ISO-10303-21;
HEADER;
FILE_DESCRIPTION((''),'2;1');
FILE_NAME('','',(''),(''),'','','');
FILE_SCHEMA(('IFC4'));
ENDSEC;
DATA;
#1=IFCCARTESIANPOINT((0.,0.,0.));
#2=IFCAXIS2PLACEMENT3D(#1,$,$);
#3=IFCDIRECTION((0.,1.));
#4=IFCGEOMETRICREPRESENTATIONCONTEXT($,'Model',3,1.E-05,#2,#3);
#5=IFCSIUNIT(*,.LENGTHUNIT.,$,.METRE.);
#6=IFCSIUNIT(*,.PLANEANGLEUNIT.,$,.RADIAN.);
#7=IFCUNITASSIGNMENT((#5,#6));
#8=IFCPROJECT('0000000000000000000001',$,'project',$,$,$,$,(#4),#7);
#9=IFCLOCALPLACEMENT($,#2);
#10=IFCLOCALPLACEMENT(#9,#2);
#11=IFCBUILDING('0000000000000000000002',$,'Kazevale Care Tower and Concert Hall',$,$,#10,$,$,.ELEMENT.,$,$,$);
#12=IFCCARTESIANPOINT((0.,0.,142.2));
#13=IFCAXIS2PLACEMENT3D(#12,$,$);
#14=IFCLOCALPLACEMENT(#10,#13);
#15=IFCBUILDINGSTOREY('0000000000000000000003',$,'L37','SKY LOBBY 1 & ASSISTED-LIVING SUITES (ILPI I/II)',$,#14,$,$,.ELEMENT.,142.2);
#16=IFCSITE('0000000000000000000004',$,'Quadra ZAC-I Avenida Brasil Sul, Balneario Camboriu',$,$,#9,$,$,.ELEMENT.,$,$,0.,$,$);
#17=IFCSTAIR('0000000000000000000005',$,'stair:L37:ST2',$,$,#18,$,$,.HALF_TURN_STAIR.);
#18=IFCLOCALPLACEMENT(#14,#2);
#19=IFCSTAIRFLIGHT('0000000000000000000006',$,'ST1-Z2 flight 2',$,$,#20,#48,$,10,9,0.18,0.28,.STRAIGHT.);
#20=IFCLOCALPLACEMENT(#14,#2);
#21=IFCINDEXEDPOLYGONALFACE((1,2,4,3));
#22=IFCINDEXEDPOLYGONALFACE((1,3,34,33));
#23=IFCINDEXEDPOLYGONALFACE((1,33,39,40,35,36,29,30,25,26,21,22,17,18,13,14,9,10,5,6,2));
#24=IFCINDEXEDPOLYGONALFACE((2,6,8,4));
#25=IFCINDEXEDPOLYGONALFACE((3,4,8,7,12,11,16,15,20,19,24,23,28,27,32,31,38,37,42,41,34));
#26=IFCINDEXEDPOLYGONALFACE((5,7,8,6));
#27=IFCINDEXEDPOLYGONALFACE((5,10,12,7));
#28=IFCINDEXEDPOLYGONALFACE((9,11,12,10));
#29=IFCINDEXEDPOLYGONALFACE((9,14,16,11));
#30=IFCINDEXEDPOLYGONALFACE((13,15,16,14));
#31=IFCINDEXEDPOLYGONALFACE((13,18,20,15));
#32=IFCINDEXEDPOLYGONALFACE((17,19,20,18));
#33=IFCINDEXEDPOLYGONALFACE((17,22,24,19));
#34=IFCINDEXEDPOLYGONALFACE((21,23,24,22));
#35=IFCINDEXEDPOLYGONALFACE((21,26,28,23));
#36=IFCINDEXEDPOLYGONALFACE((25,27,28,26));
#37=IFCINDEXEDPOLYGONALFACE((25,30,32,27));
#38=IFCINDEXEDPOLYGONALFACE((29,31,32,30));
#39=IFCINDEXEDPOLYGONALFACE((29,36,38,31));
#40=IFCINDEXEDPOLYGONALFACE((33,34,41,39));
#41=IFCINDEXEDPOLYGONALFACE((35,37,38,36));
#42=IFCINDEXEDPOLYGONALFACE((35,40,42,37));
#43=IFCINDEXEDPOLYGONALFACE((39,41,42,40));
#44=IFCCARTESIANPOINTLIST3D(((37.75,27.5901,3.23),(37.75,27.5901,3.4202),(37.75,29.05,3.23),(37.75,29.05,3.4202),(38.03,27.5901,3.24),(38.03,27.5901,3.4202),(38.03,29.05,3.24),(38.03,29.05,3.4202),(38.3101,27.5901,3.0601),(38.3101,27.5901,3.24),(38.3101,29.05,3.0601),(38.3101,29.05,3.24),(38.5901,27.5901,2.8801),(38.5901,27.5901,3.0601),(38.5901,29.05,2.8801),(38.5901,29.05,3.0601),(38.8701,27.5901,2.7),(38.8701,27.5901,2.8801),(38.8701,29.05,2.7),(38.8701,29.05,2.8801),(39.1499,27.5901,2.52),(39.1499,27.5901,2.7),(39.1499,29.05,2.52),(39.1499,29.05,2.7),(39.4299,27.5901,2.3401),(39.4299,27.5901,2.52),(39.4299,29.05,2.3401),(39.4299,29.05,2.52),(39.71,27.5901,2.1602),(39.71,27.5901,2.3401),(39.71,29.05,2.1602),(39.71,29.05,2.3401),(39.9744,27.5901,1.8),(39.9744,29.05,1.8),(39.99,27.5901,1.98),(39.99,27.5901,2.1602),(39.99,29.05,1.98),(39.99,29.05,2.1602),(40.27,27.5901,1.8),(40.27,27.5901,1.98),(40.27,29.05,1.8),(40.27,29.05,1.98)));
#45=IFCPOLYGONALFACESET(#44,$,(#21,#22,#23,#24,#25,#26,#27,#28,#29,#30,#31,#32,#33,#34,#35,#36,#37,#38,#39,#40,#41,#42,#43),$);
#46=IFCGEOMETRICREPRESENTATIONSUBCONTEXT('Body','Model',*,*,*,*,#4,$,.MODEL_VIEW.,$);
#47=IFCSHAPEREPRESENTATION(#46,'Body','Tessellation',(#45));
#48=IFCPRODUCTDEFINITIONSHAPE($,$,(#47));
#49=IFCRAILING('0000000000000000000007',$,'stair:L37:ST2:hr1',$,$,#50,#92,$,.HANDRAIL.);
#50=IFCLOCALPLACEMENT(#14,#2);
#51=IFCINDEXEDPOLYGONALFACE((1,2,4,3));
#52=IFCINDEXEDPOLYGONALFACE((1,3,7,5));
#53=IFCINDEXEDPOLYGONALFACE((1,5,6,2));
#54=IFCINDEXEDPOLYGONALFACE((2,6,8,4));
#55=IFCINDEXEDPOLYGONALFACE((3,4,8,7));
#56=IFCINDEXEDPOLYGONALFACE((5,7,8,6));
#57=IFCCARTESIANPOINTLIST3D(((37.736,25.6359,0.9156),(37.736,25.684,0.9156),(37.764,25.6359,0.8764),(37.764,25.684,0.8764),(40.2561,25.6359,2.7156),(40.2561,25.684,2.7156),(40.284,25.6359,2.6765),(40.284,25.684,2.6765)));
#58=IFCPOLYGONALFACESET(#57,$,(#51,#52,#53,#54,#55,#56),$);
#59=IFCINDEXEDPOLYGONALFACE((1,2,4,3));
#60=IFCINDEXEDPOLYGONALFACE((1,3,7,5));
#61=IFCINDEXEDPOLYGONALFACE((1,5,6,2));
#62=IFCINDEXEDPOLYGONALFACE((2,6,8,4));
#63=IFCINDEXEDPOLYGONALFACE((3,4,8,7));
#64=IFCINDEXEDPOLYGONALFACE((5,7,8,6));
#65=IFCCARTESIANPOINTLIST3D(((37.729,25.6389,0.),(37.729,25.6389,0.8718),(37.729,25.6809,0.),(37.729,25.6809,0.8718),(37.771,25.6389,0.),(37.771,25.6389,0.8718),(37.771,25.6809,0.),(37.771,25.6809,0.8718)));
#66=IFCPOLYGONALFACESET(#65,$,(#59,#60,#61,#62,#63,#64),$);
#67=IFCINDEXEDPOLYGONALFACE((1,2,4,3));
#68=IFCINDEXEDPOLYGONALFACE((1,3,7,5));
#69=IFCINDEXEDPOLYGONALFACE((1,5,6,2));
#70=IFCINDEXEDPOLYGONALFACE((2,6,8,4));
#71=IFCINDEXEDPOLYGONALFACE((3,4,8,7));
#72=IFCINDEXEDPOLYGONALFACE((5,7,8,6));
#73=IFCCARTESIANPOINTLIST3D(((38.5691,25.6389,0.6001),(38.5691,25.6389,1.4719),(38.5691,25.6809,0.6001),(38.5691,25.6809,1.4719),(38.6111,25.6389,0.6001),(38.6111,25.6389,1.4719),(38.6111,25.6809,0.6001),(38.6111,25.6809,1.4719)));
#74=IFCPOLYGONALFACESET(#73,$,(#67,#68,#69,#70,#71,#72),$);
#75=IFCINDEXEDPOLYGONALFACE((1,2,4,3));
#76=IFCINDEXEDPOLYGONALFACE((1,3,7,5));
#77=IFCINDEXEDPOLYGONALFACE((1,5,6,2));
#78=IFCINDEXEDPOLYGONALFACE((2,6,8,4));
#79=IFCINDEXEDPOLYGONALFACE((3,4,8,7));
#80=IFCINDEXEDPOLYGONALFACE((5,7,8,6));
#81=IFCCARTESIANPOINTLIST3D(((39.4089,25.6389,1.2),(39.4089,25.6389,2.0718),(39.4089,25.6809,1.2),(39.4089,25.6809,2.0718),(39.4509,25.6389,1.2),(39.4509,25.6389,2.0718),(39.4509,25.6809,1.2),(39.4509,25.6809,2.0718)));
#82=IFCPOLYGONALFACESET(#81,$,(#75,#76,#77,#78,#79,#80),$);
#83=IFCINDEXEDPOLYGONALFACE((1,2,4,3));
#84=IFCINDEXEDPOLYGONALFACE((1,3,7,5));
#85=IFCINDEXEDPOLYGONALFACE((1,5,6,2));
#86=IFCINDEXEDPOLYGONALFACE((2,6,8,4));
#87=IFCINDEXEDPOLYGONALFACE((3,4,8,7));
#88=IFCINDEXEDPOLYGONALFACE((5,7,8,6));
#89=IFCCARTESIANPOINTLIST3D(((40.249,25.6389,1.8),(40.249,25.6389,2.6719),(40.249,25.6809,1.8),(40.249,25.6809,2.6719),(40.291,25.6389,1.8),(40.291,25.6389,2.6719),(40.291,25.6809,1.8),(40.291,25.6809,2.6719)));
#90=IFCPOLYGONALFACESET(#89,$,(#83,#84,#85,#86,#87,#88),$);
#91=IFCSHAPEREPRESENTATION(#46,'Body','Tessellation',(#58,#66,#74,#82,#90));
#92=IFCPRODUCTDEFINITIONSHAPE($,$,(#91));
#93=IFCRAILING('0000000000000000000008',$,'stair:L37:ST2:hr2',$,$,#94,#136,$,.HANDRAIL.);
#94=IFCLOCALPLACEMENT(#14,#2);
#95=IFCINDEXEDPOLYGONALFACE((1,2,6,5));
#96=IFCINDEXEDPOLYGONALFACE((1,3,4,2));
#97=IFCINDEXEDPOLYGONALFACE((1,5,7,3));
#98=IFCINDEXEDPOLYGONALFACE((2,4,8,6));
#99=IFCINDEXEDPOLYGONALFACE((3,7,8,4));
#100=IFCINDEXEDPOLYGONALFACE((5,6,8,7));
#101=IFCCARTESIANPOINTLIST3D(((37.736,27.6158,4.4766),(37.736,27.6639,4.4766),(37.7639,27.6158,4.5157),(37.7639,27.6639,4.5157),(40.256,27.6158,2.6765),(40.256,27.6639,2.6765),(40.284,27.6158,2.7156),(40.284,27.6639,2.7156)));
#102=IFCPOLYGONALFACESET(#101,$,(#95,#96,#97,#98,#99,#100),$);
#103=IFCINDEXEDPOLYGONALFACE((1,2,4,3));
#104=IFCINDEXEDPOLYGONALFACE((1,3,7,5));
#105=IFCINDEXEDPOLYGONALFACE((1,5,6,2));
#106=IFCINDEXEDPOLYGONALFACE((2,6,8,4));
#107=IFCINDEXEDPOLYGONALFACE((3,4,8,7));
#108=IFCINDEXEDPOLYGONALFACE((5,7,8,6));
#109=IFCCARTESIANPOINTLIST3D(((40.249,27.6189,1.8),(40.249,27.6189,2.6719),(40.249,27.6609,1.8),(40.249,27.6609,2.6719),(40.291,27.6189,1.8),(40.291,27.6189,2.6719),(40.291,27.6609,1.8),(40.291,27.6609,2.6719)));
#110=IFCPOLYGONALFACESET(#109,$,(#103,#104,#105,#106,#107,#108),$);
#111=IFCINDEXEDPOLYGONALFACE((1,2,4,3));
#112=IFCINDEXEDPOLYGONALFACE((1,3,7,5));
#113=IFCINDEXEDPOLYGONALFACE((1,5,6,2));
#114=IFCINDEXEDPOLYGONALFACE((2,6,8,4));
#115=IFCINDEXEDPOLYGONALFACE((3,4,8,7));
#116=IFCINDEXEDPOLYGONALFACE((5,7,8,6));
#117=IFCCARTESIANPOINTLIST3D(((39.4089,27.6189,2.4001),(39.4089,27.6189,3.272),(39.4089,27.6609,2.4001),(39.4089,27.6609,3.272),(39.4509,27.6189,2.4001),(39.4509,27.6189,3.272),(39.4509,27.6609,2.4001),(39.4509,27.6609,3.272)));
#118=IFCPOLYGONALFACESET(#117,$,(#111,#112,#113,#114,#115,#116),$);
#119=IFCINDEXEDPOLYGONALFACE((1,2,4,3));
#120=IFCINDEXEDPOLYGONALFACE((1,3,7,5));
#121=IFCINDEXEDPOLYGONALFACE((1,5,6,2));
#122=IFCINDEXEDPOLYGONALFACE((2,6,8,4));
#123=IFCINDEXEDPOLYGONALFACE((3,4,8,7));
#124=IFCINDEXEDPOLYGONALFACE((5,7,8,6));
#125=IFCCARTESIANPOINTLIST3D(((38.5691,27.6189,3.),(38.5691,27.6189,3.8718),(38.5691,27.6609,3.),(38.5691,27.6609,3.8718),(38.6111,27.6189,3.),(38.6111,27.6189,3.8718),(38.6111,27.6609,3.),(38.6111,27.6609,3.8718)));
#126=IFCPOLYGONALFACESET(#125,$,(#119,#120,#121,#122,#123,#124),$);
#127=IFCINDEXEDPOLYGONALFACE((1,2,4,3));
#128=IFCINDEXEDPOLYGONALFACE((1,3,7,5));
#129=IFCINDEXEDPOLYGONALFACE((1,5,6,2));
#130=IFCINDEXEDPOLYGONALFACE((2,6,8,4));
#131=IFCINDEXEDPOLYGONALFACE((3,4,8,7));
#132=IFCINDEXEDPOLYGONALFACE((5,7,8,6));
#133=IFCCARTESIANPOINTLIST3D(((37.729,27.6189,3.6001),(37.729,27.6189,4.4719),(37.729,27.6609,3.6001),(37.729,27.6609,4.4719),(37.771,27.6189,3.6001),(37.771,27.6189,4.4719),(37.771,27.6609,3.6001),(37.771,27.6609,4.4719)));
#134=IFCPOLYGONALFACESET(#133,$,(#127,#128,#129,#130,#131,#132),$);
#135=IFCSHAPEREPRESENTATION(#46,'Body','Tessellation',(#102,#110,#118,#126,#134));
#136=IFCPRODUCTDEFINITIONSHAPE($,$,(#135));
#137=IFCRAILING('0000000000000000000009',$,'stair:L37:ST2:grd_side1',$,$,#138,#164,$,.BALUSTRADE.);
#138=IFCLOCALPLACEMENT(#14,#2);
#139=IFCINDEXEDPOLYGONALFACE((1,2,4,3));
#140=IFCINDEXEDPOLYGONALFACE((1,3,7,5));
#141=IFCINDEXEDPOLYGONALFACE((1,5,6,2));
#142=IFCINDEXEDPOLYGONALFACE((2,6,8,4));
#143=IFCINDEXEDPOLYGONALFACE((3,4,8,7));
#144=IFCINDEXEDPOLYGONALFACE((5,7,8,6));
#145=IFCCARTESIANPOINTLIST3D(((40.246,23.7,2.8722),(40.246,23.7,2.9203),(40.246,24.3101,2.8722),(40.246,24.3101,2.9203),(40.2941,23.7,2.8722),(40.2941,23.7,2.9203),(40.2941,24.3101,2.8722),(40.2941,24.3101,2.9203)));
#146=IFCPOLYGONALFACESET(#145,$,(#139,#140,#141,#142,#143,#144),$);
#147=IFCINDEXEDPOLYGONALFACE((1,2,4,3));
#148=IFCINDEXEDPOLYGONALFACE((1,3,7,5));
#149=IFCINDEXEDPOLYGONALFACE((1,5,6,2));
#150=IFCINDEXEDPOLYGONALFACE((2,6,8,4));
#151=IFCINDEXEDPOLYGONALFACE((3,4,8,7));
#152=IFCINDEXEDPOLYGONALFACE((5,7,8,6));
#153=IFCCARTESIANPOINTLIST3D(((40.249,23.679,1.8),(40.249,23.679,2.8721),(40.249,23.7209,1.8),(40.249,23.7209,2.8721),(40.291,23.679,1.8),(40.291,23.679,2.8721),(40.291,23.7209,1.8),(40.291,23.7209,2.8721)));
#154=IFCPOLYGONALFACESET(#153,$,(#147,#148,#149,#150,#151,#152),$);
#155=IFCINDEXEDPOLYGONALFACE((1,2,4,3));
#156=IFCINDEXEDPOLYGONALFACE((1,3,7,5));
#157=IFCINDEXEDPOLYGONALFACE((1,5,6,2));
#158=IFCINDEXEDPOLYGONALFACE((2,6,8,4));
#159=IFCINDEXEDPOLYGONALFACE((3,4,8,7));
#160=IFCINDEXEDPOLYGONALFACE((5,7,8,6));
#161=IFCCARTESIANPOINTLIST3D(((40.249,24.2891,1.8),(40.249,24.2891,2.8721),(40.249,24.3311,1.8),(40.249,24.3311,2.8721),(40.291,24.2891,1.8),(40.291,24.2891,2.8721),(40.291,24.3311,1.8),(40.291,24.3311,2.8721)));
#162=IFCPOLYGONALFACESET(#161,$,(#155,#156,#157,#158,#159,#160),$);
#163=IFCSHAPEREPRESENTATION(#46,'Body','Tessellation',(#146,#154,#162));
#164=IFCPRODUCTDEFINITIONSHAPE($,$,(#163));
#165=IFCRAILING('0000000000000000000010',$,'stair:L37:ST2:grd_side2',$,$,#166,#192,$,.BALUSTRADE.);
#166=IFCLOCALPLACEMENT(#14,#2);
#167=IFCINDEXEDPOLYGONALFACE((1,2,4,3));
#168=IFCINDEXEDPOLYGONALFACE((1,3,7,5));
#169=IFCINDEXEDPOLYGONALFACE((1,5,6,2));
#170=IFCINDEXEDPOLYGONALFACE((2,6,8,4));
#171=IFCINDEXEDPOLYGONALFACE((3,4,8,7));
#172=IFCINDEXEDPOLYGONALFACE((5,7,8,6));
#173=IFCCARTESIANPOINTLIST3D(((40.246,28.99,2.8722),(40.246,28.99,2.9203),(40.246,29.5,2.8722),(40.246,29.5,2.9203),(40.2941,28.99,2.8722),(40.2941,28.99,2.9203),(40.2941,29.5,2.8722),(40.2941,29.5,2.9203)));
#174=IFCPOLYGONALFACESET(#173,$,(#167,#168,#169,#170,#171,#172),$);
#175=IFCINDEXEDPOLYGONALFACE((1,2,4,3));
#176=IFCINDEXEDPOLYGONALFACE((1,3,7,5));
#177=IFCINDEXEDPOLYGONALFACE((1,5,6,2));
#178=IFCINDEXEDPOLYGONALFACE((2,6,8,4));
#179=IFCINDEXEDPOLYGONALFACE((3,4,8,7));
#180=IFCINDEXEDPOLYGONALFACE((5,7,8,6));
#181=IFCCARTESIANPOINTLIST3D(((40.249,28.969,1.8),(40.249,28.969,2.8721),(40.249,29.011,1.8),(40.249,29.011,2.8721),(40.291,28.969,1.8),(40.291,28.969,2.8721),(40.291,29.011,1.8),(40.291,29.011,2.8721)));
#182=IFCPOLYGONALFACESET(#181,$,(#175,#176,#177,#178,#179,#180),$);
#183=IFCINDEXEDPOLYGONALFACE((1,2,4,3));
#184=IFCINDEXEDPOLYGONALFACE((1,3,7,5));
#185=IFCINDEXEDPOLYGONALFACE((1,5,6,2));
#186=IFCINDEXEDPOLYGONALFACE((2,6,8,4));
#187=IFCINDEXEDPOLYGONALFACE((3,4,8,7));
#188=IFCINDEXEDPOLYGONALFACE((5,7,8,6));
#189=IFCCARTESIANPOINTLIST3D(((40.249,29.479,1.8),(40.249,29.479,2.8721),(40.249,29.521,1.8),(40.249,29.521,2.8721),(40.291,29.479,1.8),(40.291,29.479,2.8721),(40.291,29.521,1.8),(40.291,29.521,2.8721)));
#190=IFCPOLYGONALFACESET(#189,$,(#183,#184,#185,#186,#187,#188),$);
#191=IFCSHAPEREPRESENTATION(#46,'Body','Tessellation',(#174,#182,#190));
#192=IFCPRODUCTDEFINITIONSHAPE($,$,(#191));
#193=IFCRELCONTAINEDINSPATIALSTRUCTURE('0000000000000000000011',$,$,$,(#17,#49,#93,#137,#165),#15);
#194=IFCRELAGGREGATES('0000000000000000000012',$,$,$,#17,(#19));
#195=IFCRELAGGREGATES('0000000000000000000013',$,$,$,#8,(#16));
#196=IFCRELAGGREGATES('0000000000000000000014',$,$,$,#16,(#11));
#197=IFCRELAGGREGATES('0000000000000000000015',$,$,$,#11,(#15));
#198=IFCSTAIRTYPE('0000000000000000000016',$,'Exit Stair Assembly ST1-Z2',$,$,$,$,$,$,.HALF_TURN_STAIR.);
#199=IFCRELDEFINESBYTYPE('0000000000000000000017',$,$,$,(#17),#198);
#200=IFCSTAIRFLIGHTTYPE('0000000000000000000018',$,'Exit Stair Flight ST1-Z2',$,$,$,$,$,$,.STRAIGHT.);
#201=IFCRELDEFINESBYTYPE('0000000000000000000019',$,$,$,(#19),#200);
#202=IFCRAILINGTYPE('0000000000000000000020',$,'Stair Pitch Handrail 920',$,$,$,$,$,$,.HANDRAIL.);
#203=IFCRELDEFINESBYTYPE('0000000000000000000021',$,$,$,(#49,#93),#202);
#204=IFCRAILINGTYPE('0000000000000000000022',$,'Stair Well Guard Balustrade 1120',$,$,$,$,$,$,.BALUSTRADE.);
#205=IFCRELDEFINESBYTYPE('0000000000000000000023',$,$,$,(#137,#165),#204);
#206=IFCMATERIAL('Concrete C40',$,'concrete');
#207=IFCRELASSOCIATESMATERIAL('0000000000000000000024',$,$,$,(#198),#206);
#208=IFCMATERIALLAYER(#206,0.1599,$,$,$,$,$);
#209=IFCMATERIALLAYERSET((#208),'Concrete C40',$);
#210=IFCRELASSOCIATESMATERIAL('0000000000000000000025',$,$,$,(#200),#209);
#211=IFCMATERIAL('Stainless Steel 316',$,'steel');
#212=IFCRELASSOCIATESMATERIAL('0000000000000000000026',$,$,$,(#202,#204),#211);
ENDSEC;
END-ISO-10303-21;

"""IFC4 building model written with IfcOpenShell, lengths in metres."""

from ifc_helpers import new_model, si_unit, direction, frame, origin, origin_2d, place, context, subcontext, project, spatial, polyline, rectangle, outline, extrude, material, layer, layer_set, type_object, element, aggregate, save


model = new_model("IFC4")

# Units and contexts
model_context = context("Model", 3, precision=1e-05, world=origin(), true_north=direction((0.0, 1.0)))
body_context = subcontext(model_context, "Body", "Model", "MODEL_VIEW")
ifc_project = project(units=[si_unit("LENGTHUNIT", "METRE"), si_unit("PLANEANGLEUNIT", "RADIAN")], contexts=[model_context])

# Site, building, storey
site_placement = place(None, origin())
site = spatial("IfcSite", under=ifc_project, at=site_placement, Name="Quadra ZAC-I Avenida Brasil Sul, Balneario Camboriu", CompositionType="ELEMENT", RefElevation=0.0)
building_placement = place(site_placement, origin())
building = spatial("IfcBuilding", under=site, at=building_placement, Name="Kazevale Care Tower and Concert Hall", CompositionType="ELEMENT")
storey_placement = place(building_placement, frame((0.0, 0.0, 142.2)))
storey = spatial("IfcBuildingStorey", under=building, at=storey_placement, Name="L37", Description="SKY LOBBY 1 & ASSISTED-LIVING SUITES (ILPI I/II)", CompositionType="ELEMENT", Elevation=142.2)

# Shared definitions
ifc_material_1 = material(Name="Concrete C40", Category="concrete")

# Stair, stair flight
stair_type = type_object("IfcStairType", Name="Exit Stair Assembly ST1-Z2", PredefinedType="HALF_TURN_STAIR", material=ifc_material_1)
stair_placement = place(storey_placement, origin())
stair = element("IfcStair", 1, at=stair_placement, inside=storey, type_object=stair_type, Name="stair:L37:ST2", PredefinedType="HALF_TURN_STAIR")
ifc_layer_1 = layer(ifc_material_1, 0.1599)
ifc_layer_set_1 = layer_set([ifc_layer_1], Name="Concrete C40")
stair_flight_type = type_object("IfcStairFlightType", Name="Exit Stair Flight ST1-Z2", PredefinedType="STRAIGHT", material=ifc_layer_set_1)
stair_flight_1_placement = place(storey_placement, frame((40.27, 28.3201, 1.8), z_axis=(0.0, 0.0, 1.0), x_axis=(-1.0, 0.0, 0.0)))
stair_flight_1 = element("IfcStairFlight", 2, at=stair_flight_1_placement, type_object=stair_flight_type, Name="ST1-Z2 flight 2", NumberOfRisers=10, NumberOfTreads=9, PredefinedType="STRAIGHT", RiserHeight=0.18, TreadLength=0.28, context=body_context, shape_type="SweptSolid", body=[
    extrude(outline(polyline([(0.0, 0.0), (0.0, 0.1799), (0.28, 0.1799), (0.28, 0.3601), (0.5601, 0.3601), (0.5601, 0.54), (0.8401, 0.54), (0.8401, 0.72), (1.1201, 0.72), (1.1201, 0.8999), (1.3999, 0.8999), (1.3999, 1.0801), (1.6799, 1.0801), (1.6799, 1.26), (1.96, 1.26), (1.96, 1.4399), (2.24, 1.4399), (2.24, 1.6201), (2.52, 1.6201), (2.52, 1.8), (2.52, 1.4299), (0.2957, 0.0), (0.0, 0.0)])), frame((0.0, 0.73, 0.0), z_axis=(0.0, -1.0, 0.0), x_axis=(1.0, 0.0, 0.0)), (0.0, 0.0, 1.0), 1.46),
])
aggregate(stair, [stair_flight_1])

# Railings
ifc_material_2 = material(Name="Stainless Steel 316", Category="steel")
railing_type_1 = type_object("IfcRailingType", Name="Stair Pitch Handrail 920", PredefinedType="HANDRAIL", material=ifc_material_2)
railing_1_placement = place(storey_placement, frame((37.75, 25.6599, 0.0)))
element("IfcRailing", 3, at=railing_1_placement, inside=storey, type_object=railing_type_1, Name="stair:L37:ST2:hr1", PredefinedType="HANDRAIL", context=body_context, shape_type="SweptSolid", body=[
    extrude(rectangle(XDim=0.0481, YDim=0.0481, at=origin_2d()), frame((0.0, 0.0, 0.896), z_axis=(0.813728, 0.0, 0.581246), x_axis=(0.0, 1.0, 0.0)), (0.0, 0.0, 1.0), 3.0969),
    extrude(rectangle(XDim=0.042, YDim=0.042, at=origin_2d()), origin(), (0.0, 0.0, 1.0), 0.8718),
    extrude(rectangle(XDim=0.042, YDim=0.042, at=origin_2d()), frame((0.8401, 0.0, 0.6001)), (0.0, 0.0, 1.0), 0.8718),
    extrude(rectangle(XDim=0.042, YDim=0.042, at=origin_2d()), frame((1.6799, 0.0, 1.2)), (0.0, 0.0, 1.0), 0.8718),
    extrude(rectangle(XDim=0.042, YDim=0.042, at=origin_2d()), frame((2.52, 0.0, 1.8)), (0.0, 0.0, 1.0), 0.8718),
])
railing_2_placement = place(storey_placement, frame((40.27, 27.6399, 1.8)))
element("IfcRailing", 4, at=railing_2_placement, inside=storey, type_object=railing_type_1, Name="stair:L37:ST2:hr2", PredefinedType="HANDRAIL", context=body_context, shape_type="SweptSolid", body=[
    extrude(rectangle(XDim=0.0481, YDim=0.0481, at=origin_2d()), frame((0.0, 0.0, 0.896), z_axis=(-0.813728, 0.0, 0.581246), x_axis=(0.0, -1.0, 0.0)), (0.0, 0.0, 1.0), 3.0969),
    extrude(rectangle(XDim=0.042, YDim=0.042, at=origin_2d()), origin(), (0.0, 0.0, 1.0), 0.8718),
    extrude(rectangle(XDim=0.042, YDim=0.042, at=origin_2d()), frame((-0.8401, 0.0, 0.6001)), (0.0, 0.0, 1.0), 0.8718),
    extrude(rectangle(XDim=0.042, YDim=0.042, at=origin_2d()), frame((-1.6799, 0.0, 1.2)), (0.0, 0.0, 1.0), 0.8718),
    extrude(rectangle(XDim=0.042, YDim=0.042, at=origin_2d()), frame((-2.52, 0.0, 1.8)), (0.0, 0.0, 1.0), 0.8718),
])
railing_type_2 = type_object("IfcRailingType", Name="Stair Well Guard Balustrade 1120", PredefinedType="BALUSTRADE", material=ifc_material_2)
railing_3_placement = place(storey_placement, frame((40.27, 23.7, 1.8)))
element("IfcRailing", 5, at=railing_3_placement, inside=storey, type_object=railing_type_2, Name="stair:L37:ST2:grd_side1", PredefinedType="BALUSTRADE", context=body_context, shape_type="SweptSolid", body=[
    extrude(rectangle(XDim=0.0481, YDim=0.0481, at=origin_2d()), frame((0.0, 0.0, 1.0962), z_axis=(0.0, 1.0, 0.0), x_axis=(-1.0, 0.0, 0.0)), (0.0, 0.0, 1.0), 0.6101),
    extrude(rectangle(XDim=0.042, YDim=0.042, at=origin_2d()), origin(), (0.0, 0.0, 1.0), 1.072),
    extrude(rectangle(XDim=0.042, YDim=0.042, at=origin_2d()), frame((0.0, 0.6101, 0.0)), (0.0, 0.0, 1.0), 1.072),
])
railing_4_placement = place(storey_placement, frame((40.27, 28.99, 1.8)))
element("IfcRailing", 6, at=railing_4_placement, inside=storey, type_object=railing_type_2, Name="stair:L37:ST2:grd_side2", PredefinedType="BALUSTRADE", context=body_context, shape_type="SweptSolid", body=[
    extrude(rectangle(XDim=0.0481, YDim=0.0481, at=origin_2d()), frame((0.0, 0.0, 1.0962), z_axis=(0.0, 1.0, 0.0), x_axis=(-1.0, 0.0, 0.0)), (0.0, 0.0, 1.0), 0.51),
    extrude(rectangle(XDim=0.042, YDim=0.042, at=origin_2d()), origin(), (0.0, 0.0, 1.0), 1.072),
    extrude(rectangle(XDim=0.042, YDim=0.042, at=origin_2d()), frame((0.0, 0.51, 0.0)), (0.0, 0.0, 1.0), 1.072),
])

save(model, "model.ifc")
